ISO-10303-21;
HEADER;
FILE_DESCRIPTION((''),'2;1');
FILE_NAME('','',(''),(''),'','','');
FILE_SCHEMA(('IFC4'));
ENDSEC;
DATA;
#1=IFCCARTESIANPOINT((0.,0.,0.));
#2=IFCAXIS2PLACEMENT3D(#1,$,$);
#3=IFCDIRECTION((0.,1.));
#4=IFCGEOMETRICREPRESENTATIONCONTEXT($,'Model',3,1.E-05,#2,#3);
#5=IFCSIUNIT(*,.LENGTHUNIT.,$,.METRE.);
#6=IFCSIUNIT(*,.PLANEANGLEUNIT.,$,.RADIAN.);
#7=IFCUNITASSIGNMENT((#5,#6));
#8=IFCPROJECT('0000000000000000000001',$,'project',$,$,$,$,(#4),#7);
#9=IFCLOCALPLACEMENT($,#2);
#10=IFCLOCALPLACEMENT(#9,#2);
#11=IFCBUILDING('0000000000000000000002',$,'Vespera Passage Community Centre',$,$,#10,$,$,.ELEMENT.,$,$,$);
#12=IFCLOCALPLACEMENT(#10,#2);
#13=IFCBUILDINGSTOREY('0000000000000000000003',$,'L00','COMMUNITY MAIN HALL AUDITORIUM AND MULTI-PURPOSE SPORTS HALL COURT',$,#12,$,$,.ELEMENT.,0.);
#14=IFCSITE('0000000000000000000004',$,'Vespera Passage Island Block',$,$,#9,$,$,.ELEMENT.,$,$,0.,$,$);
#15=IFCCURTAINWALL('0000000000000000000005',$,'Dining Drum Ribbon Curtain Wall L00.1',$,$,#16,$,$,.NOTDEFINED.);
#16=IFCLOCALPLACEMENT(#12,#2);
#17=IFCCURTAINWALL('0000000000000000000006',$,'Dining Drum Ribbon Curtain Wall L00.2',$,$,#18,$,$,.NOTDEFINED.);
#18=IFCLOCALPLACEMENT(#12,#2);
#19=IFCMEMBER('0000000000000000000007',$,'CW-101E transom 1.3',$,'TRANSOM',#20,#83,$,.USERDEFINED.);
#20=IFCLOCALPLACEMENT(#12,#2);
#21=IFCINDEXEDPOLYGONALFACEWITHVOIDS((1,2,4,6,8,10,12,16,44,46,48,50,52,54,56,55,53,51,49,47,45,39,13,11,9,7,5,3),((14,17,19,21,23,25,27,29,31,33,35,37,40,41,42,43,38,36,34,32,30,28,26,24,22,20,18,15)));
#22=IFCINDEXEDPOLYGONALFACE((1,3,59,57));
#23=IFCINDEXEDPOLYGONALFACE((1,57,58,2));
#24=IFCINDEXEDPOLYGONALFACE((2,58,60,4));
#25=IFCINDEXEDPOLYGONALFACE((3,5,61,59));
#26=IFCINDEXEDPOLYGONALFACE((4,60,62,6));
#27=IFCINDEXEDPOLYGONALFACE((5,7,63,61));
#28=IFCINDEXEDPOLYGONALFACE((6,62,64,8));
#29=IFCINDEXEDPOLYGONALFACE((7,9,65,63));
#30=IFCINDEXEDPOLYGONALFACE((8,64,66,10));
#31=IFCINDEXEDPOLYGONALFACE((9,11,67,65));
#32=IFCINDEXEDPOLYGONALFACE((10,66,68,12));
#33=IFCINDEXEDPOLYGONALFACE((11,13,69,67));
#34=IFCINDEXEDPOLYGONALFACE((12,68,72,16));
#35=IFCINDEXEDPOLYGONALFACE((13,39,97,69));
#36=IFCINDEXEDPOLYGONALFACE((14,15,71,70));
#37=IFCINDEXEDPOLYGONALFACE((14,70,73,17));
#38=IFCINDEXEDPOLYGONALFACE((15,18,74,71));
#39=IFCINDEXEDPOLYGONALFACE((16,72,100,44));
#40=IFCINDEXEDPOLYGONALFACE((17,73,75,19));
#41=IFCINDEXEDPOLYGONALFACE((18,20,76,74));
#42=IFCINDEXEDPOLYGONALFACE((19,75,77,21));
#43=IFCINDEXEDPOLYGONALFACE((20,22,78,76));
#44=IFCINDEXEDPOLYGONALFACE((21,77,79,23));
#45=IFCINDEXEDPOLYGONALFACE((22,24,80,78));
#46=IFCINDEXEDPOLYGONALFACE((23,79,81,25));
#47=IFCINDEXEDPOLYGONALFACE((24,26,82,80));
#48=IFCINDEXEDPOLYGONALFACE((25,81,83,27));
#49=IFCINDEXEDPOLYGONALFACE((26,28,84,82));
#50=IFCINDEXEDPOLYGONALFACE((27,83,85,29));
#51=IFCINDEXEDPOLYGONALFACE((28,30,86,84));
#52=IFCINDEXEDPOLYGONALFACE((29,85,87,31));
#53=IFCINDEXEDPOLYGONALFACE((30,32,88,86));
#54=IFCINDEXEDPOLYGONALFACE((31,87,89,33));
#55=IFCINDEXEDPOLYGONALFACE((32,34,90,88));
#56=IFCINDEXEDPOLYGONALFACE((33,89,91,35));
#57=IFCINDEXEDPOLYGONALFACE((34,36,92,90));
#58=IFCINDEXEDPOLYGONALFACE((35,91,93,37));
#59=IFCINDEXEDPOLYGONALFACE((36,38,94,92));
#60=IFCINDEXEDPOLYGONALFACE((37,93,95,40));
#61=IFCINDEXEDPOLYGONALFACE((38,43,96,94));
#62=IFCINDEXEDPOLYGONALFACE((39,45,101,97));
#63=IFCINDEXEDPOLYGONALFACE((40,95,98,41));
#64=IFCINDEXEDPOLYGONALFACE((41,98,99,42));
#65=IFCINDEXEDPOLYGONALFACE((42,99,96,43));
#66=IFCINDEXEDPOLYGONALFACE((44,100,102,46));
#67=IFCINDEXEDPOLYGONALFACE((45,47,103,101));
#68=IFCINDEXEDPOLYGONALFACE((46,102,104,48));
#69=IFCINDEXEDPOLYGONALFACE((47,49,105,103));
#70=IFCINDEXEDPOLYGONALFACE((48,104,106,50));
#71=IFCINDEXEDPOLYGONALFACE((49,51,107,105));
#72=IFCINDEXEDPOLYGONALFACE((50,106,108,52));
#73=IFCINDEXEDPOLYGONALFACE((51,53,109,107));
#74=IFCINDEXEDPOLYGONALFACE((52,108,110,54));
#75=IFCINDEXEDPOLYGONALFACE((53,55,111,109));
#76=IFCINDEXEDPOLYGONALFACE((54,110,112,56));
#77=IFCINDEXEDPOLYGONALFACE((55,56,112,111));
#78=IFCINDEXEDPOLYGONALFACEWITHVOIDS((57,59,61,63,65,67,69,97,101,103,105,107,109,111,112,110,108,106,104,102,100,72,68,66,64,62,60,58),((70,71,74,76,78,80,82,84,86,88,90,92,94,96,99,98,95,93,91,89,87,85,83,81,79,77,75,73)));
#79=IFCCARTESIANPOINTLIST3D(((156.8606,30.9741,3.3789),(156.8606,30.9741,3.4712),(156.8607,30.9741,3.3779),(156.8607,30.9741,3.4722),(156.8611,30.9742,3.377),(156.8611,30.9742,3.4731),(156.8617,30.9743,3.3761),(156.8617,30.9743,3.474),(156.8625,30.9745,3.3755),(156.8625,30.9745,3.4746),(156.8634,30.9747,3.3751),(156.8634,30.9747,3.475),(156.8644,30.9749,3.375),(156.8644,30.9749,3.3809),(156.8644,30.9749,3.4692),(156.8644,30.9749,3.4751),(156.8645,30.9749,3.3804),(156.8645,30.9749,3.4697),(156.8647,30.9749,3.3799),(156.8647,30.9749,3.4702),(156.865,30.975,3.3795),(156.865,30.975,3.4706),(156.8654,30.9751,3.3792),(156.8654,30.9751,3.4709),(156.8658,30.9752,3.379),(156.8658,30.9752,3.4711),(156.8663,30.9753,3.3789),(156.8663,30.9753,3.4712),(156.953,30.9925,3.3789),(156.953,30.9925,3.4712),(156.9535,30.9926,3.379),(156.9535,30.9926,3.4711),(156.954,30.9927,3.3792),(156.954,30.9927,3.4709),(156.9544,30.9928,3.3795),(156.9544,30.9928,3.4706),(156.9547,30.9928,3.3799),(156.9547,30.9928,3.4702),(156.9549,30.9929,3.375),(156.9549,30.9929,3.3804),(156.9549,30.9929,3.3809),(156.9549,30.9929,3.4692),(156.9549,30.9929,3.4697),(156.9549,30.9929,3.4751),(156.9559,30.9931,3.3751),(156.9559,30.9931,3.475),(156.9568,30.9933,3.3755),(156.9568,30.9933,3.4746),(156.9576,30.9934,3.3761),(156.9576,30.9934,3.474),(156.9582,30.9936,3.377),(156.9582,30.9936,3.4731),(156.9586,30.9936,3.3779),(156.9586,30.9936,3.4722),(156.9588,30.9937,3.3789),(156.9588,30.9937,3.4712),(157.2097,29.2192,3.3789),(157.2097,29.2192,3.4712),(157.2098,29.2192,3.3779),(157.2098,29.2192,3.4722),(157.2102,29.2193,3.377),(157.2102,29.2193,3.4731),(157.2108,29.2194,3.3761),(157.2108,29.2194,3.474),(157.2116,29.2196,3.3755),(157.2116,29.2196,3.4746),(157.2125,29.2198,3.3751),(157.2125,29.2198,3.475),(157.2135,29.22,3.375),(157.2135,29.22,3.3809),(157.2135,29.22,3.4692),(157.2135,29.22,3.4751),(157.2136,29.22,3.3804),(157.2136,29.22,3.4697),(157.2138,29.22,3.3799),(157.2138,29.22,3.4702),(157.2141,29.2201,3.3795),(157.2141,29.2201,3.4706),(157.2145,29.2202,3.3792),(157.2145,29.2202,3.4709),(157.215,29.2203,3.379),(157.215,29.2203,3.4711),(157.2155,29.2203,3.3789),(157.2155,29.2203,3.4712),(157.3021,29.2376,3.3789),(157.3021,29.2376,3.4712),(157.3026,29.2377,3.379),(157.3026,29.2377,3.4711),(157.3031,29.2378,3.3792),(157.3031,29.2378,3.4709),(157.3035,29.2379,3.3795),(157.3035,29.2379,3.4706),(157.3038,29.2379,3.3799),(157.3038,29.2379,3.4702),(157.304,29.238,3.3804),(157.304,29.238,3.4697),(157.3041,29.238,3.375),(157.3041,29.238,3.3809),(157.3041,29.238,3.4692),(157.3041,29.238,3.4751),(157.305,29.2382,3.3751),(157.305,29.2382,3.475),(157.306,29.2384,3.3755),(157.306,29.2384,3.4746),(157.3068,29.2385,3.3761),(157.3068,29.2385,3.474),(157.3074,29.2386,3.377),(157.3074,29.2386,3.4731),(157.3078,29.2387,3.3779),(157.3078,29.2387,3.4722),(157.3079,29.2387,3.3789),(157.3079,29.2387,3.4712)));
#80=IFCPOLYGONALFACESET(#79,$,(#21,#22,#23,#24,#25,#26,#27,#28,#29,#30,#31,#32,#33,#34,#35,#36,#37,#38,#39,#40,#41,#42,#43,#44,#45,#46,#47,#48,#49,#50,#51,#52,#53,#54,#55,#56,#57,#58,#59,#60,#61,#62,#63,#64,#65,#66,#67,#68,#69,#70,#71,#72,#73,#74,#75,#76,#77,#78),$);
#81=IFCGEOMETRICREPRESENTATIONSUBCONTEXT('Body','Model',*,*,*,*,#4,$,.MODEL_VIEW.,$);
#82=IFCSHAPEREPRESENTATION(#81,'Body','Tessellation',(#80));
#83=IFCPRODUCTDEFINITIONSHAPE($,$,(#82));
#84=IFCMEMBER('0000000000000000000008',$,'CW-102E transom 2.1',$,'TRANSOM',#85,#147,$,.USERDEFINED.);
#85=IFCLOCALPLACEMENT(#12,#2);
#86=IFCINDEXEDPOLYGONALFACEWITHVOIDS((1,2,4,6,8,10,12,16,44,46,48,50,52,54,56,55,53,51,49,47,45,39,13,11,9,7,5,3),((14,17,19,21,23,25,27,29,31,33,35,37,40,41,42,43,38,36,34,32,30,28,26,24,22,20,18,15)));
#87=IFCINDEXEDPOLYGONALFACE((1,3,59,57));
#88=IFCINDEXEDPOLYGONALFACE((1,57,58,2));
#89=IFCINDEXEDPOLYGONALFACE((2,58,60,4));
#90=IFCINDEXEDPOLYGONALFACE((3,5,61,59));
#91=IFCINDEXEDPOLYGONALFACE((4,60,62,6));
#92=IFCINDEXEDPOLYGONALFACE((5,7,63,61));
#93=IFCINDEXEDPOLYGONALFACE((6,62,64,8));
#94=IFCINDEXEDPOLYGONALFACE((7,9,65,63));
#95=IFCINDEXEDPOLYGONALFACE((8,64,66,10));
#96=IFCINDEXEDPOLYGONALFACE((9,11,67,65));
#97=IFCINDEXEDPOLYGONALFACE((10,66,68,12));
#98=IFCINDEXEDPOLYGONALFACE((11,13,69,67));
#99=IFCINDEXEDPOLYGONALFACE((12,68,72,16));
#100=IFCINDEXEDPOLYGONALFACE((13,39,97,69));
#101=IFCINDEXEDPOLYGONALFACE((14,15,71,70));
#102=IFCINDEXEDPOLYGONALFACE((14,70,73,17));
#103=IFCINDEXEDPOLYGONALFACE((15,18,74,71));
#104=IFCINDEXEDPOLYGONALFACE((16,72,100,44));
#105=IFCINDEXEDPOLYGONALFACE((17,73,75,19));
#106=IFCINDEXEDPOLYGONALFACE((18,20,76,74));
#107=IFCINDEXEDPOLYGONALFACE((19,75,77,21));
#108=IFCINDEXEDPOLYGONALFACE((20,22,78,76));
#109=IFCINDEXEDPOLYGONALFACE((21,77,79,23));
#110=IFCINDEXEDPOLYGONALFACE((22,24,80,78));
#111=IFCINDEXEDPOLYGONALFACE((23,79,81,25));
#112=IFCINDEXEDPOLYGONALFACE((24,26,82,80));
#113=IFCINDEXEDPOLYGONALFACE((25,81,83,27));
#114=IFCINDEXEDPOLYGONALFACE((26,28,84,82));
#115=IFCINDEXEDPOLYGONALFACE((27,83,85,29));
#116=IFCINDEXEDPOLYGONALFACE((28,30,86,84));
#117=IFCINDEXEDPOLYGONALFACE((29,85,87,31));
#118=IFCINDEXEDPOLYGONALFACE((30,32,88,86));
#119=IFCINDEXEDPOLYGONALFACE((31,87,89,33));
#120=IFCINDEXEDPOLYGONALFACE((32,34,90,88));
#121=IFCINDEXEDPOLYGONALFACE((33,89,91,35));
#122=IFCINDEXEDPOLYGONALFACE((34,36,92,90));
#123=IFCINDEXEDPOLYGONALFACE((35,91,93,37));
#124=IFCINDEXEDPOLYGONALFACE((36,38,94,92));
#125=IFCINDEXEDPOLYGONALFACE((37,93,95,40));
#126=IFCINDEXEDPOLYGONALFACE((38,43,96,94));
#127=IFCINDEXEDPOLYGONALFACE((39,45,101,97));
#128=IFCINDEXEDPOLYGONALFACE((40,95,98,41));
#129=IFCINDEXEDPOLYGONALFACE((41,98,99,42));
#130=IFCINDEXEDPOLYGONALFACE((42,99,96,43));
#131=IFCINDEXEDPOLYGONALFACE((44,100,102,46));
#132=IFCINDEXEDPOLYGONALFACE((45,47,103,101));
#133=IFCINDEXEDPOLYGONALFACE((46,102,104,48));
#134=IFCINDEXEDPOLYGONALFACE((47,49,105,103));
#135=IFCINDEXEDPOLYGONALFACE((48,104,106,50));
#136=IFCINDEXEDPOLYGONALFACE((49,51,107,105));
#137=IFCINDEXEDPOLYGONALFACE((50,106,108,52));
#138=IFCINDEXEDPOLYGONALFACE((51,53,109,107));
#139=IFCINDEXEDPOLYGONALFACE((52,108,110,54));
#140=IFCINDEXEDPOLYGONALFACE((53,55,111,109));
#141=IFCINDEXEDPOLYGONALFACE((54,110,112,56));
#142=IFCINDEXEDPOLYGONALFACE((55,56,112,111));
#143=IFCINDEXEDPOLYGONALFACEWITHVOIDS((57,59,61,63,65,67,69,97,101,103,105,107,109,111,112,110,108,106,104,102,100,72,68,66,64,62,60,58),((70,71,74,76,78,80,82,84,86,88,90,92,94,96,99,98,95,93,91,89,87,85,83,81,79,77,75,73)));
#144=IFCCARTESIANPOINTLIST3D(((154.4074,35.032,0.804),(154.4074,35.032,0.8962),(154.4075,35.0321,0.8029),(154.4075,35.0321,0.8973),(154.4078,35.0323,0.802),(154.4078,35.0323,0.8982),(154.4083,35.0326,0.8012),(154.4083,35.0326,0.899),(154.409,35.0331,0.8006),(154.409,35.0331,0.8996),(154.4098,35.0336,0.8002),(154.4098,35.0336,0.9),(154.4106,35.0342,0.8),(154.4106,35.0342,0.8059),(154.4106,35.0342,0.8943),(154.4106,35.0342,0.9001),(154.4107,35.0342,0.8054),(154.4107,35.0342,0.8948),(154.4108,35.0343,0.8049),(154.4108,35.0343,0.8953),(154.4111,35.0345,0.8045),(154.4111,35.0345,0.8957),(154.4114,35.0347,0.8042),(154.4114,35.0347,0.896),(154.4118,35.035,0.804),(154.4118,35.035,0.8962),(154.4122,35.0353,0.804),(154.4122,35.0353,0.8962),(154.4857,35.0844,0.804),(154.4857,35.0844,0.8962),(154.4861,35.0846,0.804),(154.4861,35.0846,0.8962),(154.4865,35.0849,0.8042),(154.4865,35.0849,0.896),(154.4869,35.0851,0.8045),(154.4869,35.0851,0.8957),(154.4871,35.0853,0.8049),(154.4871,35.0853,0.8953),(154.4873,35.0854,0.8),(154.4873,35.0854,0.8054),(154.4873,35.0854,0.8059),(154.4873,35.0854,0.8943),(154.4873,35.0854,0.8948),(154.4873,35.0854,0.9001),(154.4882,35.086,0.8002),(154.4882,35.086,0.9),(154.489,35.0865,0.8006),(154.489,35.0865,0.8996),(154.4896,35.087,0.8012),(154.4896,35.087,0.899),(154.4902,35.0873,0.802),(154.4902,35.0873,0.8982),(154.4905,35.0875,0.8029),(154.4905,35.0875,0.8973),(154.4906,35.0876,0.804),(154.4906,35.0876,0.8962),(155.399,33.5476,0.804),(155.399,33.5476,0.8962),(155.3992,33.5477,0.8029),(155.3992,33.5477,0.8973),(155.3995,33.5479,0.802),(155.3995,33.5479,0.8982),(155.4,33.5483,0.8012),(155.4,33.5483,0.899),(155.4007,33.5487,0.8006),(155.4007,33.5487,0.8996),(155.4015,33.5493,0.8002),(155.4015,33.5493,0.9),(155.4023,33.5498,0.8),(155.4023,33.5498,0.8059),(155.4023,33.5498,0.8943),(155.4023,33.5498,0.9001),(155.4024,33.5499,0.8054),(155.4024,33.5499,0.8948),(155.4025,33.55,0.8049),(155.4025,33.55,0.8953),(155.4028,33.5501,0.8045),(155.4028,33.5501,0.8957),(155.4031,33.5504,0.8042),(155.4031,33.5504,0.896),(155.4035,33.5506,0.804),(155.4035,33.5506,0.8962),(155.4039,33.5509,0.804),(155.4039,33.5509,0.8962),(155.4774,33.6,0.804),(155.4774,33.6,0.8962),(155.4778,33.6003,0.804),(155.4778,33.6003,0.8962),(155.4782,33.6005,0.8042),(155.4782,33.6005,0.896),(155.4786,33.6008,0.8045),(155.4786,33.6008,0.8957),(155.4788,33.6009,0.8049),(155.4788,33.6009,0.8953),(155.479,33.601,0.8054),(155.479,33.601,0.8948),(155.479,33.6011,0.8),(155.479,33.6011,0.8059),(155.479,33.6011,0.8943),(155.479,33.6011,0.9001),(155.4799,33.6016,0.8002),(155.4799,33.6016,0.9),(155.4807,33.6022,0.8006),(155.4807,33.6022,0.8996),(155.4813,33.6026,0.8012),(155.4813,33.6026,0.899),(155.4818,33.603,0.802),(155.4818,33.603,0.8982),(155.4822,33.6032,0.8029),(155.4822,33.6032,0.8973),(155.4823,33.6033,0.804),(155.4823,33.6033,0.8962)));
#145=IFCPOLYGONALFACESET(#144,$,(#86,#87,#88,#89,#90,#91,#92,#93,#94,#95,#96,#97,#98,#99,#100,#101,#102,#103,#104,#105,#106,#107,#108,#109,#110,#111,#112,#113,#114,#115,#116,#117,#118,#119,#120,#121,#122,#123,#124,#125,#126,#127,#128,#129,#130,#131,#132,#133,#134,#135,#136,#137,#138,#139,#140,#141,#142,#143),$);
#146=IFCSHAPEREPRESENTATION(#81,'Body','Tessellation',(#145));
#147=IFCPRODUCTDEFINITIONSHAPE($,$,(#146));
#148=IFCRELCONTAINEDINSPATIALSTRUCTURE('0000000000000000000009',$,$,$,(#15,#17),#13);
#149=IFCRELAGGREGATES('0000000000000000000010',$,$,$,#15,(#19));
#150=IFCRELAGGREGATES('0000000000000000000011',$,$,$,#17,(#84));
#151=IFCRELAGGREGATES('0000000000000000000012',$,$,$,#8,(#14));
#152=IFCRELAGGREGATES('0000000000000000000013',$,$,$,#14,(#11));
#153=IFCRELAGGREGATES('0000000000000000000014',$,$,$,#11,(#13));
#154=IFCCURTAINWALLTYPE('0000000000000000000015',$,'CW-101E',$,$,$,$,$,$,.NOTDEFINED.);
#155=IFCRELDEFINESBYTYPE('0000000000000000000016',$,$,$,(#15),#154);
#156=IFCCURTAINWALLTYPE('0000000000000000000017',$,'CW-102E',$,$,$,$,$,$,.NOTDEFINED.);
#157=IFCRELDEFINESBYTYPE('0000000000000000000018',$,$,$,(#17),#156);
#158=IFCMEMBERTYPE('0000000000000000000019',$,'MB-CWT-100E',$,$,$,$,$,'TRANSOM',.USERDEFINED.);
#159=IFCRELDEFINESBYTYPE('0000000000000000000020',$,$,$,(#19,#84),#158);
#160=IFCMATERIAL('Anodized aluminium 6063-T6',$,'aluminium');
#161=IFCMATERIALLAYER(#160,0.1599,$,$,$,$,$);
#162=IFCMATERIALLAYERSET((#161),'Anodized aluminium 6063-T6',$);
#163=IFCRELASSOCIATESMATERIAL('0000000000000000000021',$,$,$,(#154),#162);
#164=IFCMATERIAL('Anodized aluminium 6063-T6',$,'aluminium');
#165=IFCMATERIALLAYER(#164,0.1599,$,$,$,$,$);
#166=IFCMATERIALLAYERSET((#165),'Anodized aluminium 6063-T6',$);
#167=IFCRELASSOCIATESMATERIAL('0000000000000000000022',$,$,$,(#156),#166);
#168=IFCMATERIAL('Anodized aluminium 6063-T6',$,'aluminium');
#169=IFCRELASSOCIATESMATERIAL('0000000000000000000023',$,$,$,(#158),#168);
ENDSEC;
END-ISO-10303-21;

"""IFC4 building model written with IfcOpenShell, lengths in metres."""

from ifc_helpers import new_model, si_unit, direction, frame, origin, origin_2d, place, context, subcontext, project, spatial, hollow_rectangle, extrude, material, layer, layer_set, material_profile, profile_set, type_object, element, aggregate, save


model = new_model("IFC4")

# Units and contexts
model_context = context("Model", 3, precision=1e-05, world=origin(), true_north=direction((0.0, 1.0)))
body_context = subcontext(model_context, "Body", "Model", "MODEL_VIEW")
ifc_project = project(units=[si_unit("LENGTHUNIT", "METRE"), si_unit("PLANEANGLEUNIT", "RADIAN")], contexts=[model_context])

# Site, building, storey
site_placement = place(None, origin())
site = spatial("IfcSite", under=ifc_project, at=site_placement, Name="Vespera Passage Island Block", CompositionType="ELEMENT", RefElevation=0.0)
building_placement = place(site_placement, origin())
building = spatial("IfcBuilding", under=site, at=building_placement, Name="Vespera Passage Community Centre", CompositionType="ELEMENT")
storey_placement = place(building_placement, origin())
storey = spatial("IfcBuildingStorey", under=building, at=storey_placement, Name="L00", Description="COMMUNITY MAIN HALL AUDITORIUM AND MULTI-PURPOSE SPORTS HALL COURT", CompositionType="ELEMENT", Elevation=0.0)

# Curtain wall
ifc_material_1 = material(Name="Anodized aluminium 6063-T6", Category="aluminium")
ifc_layer_1 = layer(ifc_material_1, 0.1599)
ifc_layer_set_1 = layer_set([ifc_layer_1], Name="Anodized aluminium 6063-T6")
curtain_wall_type_1 = type_object("IfcCurtainWallType", Name="CW-101E", PredefinedType="NOTDEFINED", material=ifc_layer_set_1)
curtain_wall_1_placement = place(storey_placement, origin())
curtain_wall_1 = element("IfcCurtainWall", 1, at=curtain_wall_1_placement, inside=storey, type_object=curtain_wall_type_1, Name="Dining Drum Ribbon Curtain Wall L00.1", PredefinedType="NOTDEFINED")

# Curtain wall
ifc_material_2 = material(Name="Anodized aluminium 6063-T6", Category="aluminium")
ifc_layer_2 = layer(ifc_material_2, 0.1599)
ifc_layer_set_2 = layer_set([ifc_layer_2], Name="Anodized aluminium 6063-T6")
curtain_wall_type_2 = type_object("IfcCurtainWallType", Name="CW-102E", PredefinedType="NOTDEFINED", material=ifc_layer_set_2)
curtain_wall_2_placement = place(storey_placement, origin())
curtain_wall_2 = element("IfcCurtainWall", 2, at=curtain_wall_2_placement, inside=storey, type_object=curtain_wall_type_2, Name="Dining Drum Ribbon Curtain Wall L00.2", PredefinedType="NOTDEFINED")

# Members
ifc_material_3 = material(Name="Anodized aluminium 6063-T6", Category="aluminium")
ifc_material_profile_1 = material_profile(ifc_material_3, hollow_rectangle(XDim=0.1001, YDim=0.1001, WallThickness=0.0039, InnerFilletRadius=0.002, OuterFilletRadius=0.0039, at=origin_2d()), Name="ALU100X100X4")
ifc_profile_set_1 = profile_set([ifc_material_profile_1], Name="Anodized aluminium 6063-T6")
member_type_1 = type_object("IfcMemberType", Name="MB-CWT-100E", ElementType="TRANSOM", PredefinedType="USERDEFINED", material=ifc_profile_set_1)
member_1_placement = place(storey_placement, frame((156.9097, 30.9839, 3.425), z_axis=(0.195119, -0.98078, 0.0), x_axis=(0.98078, 0.195119, 0.0)))
member_1 = element("IfcMember", 3, at=member_1_placement, type_object=member_type_1, Name="CW-101E transom 1.3", ObjectType="TRANSOM", PredefinedType="USERDEFINED", context=body_context, shape_type="SweptSolid", body=[
    extrude(hollow_rectangle(XDim=0.1001, YDim=0.1001, WallThickness=0.0039, InnerFilletRadius=0.002, OuterFilletRadius=0.0039, at=origin_2d()), origin(), (0.0, 0.0, 1.0), 1.7893),
])
aggregate(curtain_wall_1, [member_1])
member_2_placement = place(storey_placement, frame((154.449, 35.0598, 0.8501), z_axis=(0.55552, -0.831503, 0.0), x_axis=(0.831503, 0.55552, 0.0)))
member_2 = element("IfcMember", 4, at=member_2_placement, type_object=member_type_1, Name="CW-102E transom 2.1", ObjectType="TRANSOM", PredefinedType="USERDEFINED", context=body_context, shape_type="SweptSolid", body=[
    extrude(hollow_rectangle(XDim=0.1001, YDim=0.1001, WallThickness=0.0039, InnerFilletRadius=0.002, OuterFilletRadius=0.0039, at=origin_2d()), origin(), (0.0, 0.0, 1.0), 1.7852),
])

aggregate(curtain_wall_2, [member_2])

save(model, "model.ifc")
